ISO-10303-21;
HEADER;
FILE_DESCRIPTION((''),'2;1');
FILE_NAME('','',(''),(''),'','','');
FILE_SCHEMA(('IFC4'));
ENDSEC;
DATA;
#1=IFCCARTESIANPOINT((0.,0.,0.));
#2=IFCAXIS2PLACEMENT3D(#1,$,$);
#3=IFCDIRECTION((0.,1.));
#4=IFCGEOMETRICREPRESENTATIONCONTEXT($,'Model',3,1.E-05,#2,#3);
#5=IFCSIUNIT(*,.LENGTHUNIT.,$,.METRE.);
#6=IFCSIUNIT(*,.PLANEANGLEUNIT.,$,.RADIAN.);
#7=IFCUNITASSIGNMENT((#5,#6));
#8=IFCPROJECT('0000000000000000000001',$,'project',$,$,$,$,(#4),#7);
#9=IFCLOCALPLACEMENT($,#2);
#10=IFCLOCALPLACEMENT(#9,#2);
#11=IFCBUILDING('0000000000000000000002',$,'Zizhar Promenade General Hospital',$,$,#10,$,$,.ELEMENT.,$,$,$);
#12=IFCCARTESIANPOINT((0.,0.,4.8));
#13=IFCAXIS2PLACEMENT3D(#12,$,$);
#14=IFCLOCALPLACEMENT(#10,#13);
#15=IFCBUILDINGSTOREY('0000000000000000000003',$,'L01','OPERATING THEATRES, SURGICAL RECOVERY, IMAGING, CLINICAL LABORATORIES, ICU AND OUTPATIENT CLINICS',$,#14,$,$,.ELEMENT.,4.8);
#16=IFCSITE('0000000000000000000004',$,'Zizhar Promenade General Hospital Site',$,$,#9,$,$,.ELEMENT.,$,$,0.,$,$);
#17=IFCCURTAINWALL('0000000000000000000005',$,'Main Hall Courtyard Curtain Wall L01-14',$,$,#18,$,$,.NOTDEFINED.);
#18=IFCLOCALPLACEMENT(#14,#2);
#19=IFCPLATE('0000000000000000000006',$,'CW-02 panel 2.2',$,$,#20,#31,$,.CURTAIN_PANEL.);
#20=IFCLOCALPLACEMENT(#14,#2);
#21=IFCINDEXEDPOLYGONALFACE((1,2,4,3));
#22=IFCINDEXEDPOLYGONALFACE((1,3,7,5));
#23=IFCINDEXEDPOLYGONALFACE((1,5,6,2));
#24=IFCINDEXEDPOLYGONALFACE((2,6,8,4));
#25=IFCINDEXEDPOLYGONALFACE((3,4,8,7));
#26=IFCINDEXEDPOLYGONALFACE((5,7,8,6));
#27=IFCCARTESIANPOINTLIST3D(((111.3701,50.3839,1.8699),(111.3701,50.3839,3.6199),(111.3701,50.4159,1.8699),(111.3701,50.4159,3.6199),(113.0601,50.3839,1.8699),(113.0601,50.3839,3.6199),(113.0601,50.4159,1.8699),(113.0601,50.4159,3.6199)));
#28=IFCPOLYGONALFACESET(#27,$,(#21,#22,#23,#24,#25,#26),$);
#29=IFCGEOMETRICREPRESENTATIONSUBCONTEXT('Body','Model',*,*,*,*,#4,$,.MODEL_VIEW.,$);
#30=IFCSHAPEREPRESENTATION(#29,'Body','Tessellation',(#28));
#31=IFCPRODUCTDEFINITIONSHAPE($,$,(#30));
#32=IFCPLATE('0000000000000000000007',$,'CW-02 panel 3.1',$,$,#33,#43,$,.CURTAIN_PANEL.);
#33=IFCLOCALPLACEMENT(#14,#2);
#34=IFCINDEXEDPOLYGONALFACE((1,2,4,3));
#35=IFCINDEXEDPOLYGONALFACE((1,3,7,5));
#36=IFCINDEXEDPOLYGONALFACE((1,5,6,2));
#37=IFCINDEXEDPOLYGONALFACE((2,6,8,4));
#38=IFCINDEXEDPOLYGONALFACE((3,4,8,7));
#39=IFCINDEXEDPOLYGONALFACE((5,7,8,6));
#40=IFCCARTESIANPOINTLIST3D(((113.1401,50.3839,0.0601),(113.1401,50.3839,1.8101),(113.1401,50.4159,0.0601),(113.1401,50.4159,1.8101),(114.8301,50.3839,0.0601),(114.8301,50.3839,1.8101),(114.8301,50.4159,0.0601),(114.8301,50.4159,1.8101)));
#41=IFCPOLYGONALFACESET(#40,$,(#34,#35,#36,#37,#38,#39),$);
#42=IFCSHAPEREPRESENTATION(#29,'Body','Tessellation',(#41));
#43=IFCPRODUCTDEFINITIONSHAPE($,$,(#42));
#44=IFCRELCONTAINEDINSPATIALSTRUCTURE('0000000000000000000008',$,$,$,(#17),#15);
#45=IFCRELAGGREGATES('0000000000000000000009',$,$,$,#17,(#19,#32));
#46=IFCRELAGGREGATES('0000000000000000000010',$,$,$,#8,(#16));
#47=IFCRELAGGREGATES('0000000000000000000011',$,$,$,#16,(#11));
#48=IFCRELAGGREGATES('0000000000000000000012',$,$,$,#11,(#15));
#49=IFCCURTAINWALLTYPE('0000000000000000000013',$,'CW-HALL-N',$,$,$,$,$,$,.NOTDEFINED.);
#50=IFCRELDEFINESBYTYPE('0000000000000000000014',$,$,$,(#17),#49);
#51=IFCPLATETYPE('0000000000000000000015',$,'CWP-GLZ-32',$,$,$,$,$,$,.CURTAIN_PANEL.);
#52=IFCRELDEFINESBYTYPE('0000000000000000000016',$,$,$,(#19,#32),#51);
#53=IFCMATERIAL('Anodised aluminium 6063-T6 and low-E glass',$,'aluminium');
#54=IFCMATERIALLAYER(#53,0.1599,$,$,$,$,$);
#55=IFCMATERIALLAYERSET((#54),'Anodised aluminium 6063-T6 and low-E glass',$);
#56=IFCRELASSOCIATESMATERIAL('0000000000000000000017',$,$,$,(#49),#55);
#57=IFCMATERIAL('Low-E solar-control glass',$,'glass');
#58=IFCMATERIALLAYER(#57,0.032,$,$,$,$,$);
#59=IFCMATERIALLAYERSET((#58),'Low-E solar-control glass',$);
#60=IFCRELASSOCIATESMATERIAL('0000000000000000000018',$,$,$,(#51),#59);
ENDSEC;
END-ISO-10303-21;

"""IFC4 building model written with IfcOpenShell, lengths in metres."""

from ifc_helpers import new_model, si_unit, direction, frame, origin, origin_2d, place, context, subcontext, project, spatial, rectangle, extrude, material, layer, layer_set, type_object, element, aggregate, save


model = new_model("IFC4")

# Units and contexts
model_context = context("Model", 3, precision=1e-05, world=origin(), true_north=direction((0.0, 1.0)))
body_context = subcontext(model_context, "Body", "Model", "MODEL_VIEW")
ifc_project = project(units=[si_unit("LENGTHUNIT", "METRE"), si_unit("PLANEANGLEUNIT", "RADIAN")], contexts=[model_context])

# Site, building, storey
site_placement = place(None, origin())
site = spatial("IfcSite", under=ifc_project, at=site_placement, Name="Zizhar Promenade General Hospital Site", CompositionType="ELEMENT", RefElevation=0.0)
building_placement = place(site_placement, origin())
building = spatial("IfcBuilding", under=site, at=building_placement, Name="Zizhar Promenade General Hospital", CompositionType="ELEMENT")
storey_placement = place(building_placement, frame((0.0, 0.0, 4.8)))
storey = spatial("IfcBuildingStorey", under=building, at=storey_placement, Name="L01", Description="OPERATING THEATRES, SURGICAL RECOVERY, IMAGING, CLINICAL LABORATORIES, ICU AND OUTPATIENT CLINICS", CompositionType="ELEMENT", Elevation=4.8)

# Shared definitions
ifc_material_1 = material(Name="Anodised aluminium 6063-T6 and low-E glass", Category="aluminium")
ifc_layer_1 = layer(ifc_material_1, 0.1599)
ifc_layer_set_1 = layer_set([ifc_layer_1], Name="Anodised aluminium 6063-T6 and low-E glass")
curtain_wall_type = type_object("IfcCurtainWallType", Name="CW-HALL-N", PredefinedType="NOTDEFINED", material=ifc_layer_set_1)

# Curtain wall
curtain_wall_1_placement = place(storey_placement, origin())
curtain_wall_1 = element("IfcCurtainWall", 1, at=curtain_wall_1_placement, inside=storey, type_object=curtain_wall_type, Name="Main Hall Courtyard Curtain Wall L01-14", PredefinedType="NOTDEFINED")

# Plates
ifc_material_2 = material(Name="Low-E solar-control glass", Category="glass")
ifc_layer_2 = layer(ifc_material_2, 0.032)
ifc_layer_set_2 = layer_set([ifc_layer_2], Name="Low-E solar-control glass")
plate_type = type_object("IfcPlateType", Name="CWP-GLZ-32", PredefinedType="CURTAIN_PANEL", material=ifc_layer_set_2)
plate_1_placement = place(storey_placement, frame((112.2151, 50.3999, 1.8699), z_axis=(0.0, 0.0, 1.0), x_axis=(1.0, 0.0, 0.0)))
plate_1 = element("IfcPlate", 2, at=plate_1_placement, type_object=plate_type, Name="CW-02 panel 2.2", PredefinedType="CURTAIN_PANEL", context=body_context, shape_type="SweptSolid", body=[
    extrude(rectangle(XDim=1.6899, YDim=0.032, at=origin_2d()), origin(), (0.0, 0.0, 1.0), 1.75),
])
plate_2_placement = place(storey_placement, frame((113.9851, 50.3999, 0.0601), z_axis=(0.0, 0.0, 1.0), x_axis=(1.0, 0.0, 0.0)))
plate_2 = element("IfcPlate", 3, at=plate_2_placement, type_object=plate_type, Name="CW-02 panel 3.1", PredefinedType="CURTAIN_PANEL", context=body_context, shape_type="SweptSolid", body=[
    extrude(rectangle(XDim=1.6899, YDim=0.032, at=origin_2d()), origin(), (0.0, 0.0, 1.0), 1.75),
])
aggregate(curtain_wall_1, [plate_1, plate_2])

save(model, "model.ifc")
